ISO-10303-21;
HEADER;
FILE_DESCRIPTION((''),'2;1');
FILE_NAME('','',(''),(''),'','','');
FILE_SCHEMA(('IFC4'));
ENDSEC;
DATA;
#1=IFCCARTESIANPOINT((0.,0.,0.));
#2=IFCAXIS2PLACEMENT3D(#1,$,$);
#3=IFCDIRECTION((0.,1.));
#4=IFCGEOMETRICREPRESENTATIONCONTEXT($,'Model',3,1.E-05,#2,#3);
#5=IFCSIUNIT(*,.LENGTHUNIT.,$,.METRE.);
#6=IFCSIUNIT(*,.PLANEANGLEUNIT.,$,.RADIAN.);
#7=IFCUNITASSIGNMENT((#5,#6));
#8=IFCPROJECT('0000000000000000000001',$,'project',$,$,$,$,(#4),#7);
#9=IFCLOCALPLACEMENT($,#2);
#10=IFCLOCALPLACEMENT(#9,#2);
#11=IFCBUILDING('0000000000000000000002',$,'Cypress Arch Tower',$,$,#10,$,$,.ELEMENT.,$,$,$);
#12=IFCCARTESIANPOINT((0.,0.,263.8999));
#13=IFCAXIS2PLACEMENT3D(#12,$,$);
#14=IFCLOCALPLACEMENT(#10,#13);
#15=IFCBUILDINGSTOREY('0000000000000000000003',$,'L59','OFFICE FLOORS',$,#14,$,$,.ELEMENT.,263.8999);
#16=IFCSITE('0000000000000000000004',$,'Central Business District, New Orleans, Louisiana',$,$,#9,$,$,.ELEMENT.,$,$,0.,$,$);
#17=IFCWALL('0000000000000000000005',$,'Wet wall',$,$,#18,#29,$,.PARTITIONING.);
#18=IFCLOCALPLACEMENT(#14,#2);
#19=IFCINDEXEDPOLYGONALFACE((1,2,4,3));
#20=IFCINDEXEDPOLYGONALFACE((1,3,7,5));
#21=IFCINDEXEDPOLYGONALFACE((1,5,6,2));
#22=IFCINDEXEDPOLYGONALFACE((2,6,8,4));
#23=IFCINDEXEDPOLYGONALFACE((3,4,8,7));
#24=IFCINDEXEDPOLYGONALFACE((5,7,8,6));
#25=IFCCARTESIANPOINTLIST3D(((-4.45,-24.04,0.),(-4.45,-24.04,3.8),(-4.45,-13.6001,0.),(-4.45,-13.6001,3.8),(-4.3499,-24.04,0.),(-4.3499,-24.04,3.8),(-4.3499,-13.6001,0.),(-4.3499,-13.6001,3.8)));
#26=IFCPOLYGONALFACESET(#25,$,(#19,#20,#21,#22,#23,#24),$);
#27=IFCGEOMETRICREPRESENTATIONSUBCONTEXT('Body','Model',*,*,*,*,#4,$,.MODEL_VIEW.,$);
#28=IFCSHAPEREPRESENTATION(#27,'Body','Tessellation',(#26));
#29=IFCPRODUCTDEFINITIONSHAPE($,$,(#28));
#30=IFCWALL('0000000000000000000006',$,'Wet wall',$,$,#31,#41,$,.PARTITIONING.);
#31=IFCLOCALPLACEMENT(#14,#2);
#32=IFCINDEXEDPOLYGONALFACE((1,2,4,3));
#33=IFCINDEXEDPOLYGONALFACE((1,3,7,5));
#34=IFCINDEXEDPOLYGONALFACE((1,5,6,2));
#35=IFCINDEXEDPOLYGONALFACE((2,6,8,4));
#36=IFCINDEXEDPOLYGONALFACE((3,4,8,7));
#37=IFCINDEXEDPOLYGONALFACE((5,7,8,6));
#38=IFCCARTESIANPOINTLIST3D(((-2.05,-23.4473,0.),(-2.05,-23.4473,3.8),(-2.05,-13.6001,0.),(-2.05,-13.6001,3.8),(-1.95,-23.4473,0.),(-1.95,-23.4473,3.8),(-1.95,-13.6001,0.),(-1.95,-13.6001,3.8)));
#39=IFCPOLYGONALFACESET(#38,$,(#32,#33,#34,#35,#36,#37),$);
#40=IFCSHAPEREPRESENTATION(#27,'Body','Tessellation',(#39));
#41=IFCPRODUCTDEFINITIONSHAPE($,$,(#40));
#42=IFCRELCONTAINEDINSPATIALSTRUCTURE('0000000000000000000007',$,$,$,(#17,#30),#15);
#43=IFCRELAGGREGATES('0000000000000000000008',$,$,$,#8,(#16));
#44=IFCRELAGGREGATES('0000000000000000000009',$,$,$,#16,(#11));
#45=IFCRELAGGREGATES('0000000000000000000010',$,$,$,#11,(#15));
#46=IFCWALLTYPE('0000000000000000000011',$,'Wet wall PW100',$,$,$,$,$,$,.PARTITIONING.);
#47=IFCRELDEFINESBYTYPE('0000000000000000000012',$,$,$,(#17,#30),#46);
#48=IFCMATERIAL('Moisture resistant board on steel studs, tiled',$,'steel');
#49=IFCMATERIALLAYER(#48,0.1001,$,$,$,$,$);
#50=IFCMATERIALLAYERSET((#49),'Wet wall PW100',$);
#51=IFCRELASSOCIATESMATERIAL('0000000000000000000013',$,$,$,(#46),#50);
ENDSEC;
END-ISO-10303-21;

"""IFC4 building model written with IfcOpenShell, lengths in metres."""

from ifc_helpers import new_model, si_unit, direction, frame, frame_2d, origin, place, context, subcontext, project, spatial, rectangle, extrude, material, layer, layer_set, type_object, element, save


model = new_model("IFC4")

# Units and contexts
model_context = context("Model", 3, precision=1e-05, world=origin(), true_north=direction((0.0, 1.0)))
body_context = subcontext(model_context, "Body", "Model", "MODEL_VIEW")
ifc_project = project(units=[si_unit("LENGTHUNIT", "METRE"), si_unit("PLANEANGLEUNIT", "RADIAN")], contexts=[model_context])

# Site, building, storey
site_placement = place(None, origin())
site = spatial("IfcSite", under=ifc_project, at=site_placement, Name="Central Business District, New Orleans, Louisiana", CompositionType="ELEMENT", RefElevation=0.0)
building_placement = place(site_placement, origin())
building = spatial("IfcBuilding", under=site, at=building_placement, Name="Cypress Arch Tower", CompositionType="ELEMENT")
storey_placement = place(building_placement, frame((0.0, 0.0, 263.8999)))
storey = spatial("IfcBuildingStorey", under=building, at=storey_placement, Name="L59", Description="OFFICE FLOORS", CompositionType="ELEMENT", Elevation=263.8999)

# Walls
ifc_material_1 = material(Name="Moisture resistant board on steel studs, tiled", Category="steel")
ifc_layer_1 = layer(ifc_material_1, 0.1001)
ifc_layer_set_1 = layer_set([ifc_layer_1], Name="Wet wall PW100")
wall_type_1 = type_object("IfcWallType", Name="Wet wall PW100", PredefinedType="PARTITIONING", material=ifc_layer_set_1)
for number, where, z_axis, x_axis, name in (
    (1, (-4.3999, -24.04, 0.0), (0.0, 0.0, 1.0), (0.0, 1.0, 0.0), "Wet wall"),
):
    element("IfcWall", number, at=place(storey_placement, frame(where, z_axis=z_axis, x_axis=x_axis)), inside=storey, type_object=wall_type_1, Name=name, PredefinedType="PARTITIONING", context=body_context, shape_type="SweptSolid", body=[
        extrude(rectangle(XDim=10.4399, YDim=0.1001, at=frame_2d((5.22, 0.0))), origin(), (0.0, 0.0, 1.0), 3.8),
    ])
wall_1_placement = place(storey_placement, frame((-2.0, -23.4473, 0.0), z_axis=(0.0, 0.0, 1.0), x_axis=(0.0, 1.0, 0.0)))
element("IfcWall", 2, at=wall_1_placement, inside=storey, type_object=wall_type_1, Name="Wet wall", PredefinedType="PARTITIONING", context=body_context, shape_type="SweptSolid", body=[
    extrude(rectangle(XDim=9.8472, YDim=0.1001, at=frame_2d((4.9236, 0.0))), origin(), (0.0, 0.0, 1.0), 3.8),
])

save(model, "model.ifc")
